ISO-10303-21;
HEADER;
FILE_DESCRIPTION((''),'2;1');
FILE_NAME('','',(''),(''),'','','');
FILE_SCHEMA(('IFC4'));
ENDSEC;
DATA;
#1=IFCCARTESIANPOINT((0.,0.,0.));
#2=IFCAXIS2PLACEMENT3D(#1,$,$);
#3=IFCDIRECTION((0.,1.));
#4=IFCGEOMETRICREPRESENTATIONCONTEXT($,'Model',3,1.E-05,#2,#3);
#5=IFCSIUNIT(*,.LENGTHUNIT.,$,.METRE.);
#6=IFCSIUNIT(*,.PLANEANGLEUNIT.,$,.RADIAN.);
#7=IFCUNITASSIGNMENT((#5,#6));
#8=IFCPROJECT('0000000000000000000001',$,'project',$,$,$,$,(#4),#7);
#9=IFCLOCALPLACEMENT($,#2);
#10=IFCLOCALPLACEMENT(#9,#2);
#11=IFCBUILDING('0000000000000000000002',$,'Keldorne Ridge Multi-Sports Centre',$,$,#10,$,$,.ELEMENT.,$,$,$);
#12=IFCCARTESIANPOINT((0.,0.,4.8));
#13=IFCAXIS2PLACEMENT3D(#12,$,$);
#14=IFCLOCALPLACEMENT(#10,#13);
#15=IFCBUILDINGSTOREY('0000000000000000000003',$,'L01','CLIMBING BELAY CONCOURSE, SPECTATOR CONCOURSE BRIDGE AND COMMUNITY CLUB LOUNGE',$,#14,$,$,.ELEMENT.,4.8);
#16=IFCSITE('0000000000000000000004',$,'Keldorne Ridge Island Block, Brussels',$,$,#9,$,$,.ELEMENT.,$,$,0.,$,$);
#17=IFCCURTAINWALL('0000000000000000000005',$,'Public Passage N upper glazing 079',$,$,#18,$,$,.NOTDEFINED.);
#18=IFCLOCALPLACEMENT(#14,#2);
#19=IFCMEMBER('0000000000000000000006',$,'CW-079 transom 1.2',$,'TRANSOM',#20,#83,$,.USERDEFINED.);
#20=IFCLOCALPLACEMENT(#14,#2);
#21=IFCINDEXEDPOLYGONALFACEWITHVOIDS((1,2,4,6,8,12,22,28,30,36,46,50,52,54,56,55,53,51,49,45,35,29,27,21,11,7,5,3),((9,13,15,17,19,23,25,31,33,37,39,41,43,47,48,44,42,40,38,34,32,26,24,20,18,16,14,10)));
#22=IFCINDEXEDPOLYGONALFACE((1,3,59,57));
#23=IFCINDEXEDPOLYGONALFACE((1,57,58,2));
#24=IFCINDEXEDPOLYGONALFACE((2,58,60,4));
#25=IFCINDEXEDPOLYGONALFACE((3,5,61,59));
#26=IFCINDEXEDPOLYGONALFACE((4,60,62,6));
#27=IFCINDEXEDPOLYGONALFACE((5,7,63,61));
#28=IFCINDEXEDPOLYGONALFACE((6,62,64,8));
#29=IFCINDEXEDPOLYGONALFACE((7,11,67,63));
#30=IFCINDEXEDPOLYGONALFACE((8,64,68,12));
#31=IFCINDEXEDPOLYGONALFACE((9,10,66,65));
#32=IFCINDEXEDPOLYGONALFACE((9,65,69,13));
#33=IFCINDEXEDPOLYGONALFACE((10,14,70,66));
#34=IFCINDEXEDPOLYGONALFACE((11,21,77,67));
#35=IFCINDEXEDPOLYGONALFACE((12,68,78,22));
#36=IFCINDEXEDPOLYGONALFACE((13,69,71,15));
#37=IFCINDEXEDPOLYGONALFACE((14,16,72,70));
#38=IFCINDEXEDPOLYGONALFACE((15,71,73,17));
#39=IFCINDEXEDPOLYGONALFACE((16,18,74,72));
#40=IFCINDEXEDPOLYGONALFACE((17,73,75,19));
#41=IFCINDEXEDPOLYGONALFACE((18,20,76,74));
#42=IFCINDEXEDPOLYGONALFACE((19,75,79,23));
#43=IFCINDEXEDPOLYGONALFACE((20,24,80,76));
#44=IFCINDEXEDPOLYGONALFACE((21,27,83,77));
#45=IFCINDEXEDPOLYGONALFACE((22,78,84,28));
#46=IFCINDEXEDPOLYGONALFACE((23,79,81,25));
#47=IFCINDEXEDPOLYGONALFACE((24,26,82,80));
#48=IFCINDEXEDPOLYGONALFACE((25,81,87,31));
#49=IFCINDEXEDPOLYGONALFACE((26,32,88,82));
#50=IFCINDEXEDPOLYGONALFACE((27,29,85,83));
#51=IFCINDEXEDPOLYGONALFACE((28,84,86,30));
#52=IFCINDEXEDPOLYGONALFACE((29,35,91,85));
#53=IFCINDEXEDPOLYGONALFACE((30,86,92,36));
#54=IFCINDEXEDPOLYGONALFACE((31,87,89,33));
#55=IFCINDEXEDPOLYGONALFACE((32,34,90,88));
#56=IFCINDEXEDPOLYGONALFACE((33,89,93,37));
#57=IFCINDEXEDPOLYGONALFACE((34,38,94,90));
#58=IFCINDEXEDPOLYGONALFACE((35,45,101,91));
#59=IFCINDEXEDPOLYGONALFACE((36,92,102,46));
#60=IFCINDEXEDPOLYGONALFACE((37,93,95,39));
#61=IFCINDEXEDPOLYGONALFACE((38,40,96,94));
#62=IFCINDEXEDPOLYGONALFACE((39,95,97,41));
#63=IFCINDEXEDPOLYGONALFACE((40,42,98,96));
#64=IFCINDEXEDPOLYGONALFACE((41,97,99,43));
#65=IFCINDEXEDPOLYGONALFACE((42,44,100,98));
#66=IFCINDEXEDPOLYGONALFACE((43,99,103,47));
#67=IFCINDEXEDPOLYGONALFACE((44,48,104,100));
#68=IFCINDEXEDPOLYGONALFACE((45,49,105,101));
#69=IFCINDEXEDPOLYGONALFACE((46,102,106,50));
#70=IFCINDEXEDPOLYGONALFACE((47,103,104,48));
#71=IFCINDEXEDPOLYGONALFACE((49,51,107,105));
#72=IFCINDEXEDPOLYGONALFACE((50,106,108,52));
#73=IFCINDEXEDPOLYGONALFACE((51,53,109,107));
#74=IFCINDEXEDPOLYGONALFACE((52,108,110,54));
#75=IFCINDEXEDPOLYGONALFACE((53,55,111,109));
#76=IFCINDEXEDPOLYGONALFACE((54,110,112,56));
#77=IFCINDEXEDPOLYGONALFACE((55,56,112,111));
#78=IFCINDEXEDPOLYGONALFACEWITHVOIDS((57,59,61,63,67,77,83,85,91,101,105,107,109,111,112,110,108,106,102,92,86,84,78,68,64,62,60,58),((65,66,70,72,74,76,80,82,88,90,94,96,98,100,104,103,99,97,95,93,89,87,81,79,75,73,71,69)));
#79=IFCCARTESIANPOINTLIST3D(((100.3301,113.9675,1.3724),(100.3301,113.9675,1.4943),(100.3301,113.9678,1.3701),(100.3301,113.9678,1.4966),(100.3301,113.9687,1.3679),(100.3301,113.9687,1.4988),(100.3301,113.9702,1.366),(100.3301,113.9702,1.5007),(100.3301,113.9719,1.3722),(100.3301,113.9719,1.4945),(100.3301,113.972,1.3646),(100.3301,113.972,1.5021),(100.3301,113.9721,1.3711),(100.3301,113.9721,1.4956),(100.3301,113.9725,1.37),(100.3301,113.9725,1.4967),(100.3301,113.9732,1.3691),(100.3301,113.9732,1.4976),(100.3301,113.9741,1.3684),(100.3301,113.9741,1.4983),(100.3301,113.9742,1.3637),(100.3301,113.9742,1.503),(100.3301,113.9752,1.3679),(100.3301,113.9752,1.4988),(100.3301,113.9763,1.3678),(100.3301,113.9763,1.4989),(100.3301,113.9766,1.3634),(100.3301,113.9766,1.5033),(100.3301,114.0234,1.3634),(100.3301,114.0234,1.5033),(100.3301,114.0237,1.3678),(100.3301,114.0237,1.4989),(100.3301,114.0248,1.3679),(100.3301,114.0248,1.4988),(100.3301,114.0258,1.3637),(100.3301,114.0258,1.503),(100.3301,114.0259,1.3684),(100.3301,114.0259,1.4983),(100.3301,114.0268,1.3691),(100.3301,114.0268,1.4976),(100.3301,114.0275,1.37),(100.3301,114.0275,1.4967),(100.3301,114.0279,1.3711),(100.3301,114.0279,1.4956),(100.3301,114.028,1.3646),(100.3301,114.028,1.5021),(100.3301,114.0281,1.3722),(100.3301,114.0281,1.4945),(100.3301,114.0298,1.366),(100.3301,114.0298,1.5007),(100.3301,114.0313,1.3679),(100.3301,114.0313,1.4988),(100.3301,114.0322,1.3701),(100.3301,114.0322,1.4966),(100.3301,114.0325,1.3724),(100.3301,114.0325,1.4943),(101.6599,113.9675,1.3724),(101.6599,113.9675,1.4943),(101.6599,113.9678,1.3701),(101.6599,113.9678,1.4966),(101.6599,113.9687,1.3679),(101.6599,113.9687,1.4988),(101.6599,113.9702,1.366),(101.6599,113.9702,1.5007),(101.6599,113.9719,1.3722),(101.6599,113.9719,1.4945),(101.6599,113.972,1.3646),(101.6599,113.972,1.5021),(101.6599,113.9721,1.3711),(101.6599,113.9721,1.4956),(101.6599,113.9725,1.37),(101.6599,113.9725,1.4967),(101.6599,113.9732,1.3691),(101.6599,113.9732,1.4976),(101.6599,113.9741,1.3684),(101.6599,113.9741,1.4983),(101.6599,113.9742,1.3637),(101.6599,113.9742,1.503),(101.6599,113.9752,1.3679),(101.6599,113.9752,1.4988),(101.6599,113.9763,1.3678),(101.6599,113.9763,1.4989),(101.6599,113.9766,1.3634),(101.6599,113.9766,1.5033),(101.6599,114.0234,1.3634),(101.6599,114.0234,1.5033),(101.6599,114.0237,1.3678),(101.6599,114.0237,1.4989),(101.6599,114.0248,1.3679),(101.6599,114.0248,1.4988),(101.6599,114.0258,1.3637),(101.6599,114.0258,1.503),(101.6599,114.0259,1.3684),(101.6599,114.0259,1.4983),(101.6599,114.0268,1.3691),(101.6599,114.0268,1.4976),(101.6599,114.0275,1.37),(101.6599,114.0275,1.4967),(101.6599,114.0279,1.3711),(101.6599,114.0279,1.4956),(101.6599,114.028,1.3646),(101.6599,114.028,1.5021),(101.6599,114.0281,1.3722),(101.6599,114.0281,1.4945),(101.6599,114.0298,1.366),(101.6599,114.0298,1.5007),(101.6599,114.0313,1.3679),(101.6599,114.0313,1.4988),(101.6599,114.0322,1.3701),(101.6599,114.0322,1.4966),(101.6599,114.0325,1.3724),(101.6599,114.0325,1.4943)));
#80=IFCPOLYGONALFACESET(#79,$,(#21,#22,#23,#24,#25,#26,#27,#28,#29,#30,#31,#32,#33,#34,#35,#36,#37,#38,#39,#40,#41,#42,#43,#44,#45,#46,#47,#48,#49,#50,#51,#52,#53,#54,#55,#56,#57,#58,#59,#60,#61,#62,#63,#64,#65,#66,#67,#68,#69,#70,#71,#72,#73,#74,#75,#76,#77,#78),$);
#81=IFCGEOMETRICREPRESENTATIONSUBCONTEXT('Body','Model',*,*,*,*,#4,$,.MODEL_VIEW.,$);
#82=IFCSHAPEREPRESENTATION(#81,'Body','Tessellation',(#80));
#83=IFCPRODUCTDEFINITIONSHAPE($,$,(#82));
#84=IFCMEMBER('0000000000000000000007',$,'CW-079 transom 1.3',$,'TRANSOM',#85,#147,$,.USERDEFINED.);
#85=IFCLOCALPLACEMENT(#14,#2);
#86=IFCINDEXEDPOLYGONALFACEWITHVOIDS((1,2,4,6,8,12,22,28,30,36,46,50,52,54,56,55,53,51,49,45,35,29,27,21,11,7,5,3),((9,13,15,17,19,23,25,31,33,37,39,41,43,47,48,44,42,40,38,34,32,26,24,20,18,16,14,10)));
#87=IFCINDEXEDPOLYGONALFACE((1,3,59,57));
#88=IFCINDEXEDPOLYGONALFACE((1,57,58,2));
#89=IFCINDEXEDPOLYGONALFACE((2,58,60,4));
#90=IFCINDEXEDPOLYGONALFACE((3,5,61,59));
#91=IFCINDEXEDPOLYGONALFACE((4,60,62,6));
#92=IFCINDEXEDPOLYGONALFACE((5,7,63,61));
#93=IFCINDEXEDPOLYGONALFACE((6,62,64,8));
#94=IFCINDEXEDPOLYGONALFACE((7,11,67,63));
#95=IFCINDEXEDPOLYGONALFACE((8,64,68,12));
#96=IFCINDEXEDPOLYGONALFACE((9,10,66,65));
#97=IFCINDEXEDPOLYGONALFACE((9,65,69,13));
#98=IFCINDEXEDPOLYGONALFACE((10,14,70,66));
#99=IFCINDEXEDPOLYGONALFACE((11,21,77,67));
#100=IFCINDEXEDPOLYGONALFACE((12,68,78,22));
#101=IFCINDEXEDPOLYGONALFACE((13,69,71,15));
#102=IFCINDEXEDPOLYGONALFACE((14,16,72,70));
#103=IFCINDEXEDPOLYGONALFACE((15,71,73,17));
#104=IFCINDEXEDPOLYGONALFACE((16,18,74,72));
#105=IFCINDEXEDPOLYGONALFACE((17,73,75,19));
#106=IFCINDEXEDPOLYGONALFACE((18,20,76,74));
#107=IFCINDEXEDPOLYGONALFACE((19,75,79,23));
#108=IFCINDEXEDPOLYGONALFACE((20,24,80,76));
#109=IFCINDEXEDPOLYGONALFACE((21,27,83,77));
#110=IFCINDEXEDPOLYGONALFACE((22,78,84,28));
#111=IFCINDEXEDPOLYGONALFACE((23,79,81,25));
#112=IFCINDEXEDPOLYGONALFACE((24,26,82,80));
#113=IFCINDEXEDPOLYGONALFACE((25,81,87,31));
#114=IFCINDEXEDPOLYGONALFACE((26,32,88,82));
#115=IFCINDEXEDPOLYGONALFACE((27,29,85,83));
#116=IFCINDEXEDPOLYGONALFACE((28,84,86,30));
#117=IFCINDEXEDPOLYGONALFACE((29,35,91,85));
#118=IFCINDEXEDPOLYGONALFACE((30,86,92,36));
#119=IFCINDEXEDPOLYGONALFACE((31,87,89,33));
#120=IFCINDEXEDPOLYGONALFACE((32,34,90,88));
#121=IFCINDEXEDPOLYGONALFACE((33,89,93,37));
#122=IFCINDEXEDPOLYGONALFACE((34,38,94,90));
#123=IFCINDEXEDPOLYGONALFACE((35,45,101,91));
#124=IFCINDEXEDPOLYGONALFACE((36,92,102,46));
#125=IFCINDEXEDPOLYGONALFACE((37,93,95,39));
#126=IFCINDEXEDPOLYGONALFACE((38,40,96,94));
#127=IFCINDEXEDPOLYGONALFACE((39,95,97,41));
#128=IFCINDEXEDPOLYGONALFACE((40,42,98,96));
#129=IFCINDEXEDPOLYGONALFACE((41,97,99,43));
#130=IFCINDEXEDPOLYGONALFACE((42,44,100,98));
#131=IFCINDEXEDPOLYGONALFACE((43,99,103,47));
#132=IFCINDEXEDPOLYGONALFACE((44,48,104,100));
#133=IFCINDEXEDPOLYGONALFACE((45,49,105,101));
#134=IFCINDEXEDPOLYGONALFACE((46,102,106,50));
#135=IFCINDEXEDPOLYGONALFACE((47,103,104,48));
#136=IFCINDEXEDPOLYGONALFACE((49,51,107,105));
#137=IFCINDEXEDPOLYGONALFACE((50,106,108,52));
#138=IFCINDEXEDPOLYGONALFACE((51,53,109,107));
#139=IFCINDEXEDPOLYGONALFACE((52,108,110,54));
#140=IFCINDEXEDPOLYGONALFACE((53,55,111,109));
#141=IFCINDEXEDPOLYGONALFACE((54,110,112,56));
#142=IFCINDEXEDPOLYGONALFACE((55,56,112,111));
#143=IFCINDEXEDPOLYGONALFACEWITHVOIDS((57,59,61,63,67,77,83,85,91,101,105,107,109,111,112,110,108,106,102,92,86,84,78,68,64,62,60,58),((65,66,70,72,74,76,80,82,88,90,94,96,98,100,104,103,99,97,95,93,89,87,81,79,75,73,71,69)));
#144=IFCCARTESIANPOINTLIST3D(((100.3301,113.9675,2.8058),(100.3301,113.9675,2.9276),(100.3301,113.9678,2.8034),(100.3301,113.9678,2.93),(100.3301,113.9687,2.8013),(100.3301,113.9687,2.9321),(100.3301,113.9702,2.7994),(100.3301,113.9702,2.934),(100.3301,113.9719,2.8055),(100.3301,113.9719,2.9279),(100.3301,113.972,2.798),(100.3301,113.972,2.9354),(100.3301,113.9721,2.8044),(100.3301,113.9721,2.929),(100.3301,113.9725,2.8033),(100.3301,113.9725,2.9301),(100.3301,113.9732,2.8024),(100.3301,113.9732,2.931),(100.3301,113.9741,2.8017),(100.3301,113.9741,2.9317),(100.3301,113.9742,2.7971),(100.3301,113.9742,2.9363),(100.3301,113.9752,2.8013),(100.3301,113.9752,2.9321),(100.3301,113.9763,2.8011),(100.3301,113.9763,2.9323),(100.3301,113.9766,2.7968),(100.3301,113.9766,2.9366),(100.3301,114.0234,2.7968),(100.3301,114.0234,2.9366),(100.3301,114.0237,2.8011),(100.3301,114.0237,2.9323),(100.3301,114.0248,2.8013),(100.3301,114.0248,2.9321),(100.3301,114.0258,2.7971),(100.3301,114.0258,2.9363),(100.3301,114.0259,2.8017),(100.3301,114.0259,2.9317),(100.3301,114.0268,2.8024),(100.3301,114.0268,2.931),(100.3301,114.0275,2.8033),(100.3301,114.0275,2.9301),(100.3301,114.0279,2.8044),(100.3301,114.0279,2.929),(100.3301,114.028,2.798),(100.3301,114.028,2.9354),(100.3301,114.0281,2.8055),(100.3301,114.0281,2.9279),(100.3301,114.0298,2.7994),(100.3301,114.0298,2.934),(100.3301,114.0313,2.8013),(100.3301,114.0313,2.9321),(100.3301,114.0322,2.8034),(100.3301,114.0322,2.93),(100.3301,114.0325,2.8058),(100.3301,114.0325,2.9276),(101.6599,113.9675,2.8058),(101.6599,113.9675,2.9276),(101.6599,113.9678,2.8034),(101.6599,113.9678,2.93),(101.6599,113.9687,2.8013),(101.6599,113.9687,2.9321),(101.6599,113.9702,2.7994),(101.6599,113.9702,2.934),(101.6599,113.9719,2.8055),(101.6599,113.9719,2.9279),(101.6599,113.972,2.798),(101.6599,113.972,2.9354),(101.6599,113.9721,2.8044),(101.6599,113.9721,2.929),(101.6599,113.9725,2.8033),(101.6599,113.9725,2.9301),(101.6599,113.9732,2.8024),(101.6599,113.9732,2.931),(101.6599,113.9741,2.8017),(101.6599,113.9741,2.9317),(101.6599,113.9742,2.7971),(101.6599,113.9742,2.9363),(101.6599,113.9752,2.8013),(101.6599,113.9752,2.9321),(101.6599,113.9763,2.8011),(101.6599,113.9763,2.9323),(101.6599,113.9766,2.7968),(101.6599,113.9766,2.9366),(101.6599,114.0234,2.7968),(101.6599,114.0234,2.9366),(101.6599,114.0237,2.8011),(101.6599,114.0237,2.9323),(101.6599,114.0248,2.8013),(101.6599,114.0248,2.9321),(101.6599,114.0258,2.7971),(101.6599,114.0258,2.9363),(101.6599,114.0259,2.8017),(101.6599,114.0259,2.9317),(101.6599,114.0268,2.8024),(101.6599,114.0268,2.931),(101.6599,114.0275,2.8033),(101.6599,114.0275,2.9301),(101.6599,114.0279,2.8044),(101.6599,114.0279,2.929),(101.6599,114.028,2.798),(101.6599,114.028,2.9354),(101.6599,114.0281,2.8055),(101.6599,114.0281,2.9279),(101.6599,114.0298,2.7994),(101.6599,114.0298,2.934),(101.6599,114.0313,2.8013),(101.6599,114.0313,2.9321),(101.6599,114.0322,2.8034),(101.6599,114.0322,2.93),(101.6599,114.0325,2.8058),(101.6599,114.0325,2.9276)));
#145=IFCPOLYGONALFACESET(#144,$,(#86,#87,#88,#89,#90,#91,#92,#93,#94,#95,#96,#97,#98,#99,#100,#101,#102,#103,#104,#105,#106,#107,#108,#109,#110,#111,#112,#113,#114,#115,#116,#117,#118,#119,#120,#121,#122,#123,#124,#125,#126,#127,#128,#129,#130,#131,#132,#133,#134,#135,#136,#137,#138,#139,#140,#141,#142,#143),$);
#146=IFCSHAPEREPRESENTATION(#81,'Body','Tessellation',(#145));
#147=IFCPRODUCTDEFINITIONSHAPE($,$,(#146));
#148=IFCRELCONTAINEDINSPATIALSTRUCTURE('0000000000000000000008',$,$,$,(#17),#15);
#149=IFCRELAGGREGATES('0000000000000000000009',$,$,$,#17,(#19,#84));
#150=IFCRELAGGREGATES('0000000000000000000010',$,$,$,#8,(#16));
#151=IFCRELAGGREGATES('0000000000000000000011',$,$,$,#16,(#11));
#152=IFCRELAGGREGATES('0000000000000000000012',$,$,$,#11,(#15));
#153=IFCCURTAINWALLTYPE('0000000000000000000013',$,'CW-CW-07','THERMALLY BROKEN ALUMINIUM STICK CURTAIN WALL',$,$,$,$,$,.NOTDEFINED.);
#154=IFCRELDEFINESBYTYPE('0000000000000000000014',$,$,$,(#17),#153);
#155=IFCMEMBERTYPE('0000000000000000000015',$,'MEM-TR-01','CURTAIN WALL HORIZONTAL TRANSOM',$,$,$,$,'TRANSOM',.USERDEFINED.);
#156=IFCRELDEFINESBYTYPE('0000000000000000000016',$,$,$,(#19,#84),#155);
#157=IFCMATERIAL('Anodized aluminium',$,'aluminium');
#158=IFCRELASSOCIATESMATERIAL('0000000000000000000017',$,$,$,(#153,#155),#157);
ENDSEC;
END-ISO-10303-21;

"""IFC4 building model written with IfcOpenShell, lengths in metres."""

from ifc_helpers import new_model, si_unit, direction, frame, origin, origin_2d, place, context, subcontext, project, spatial, hollow_rectangle, extrude, material, material_profile, profile_set, type_object, element, aggregate, save


model = new_model("IFC4")

# Units and contexts
model_context = context("Model", 3, precision=1e-05, world=origin(), true_north=direction((0.0, 1.0)))
body_context = subcontext(model_context, "Body", "Model", "MODEL_VIEW")
ifc_project = project(units=[si_unit("LENGTHUNIT", "METRE"), si_unit("PLANEANGLEUNIT", "RADIAN")], contexts=[model_context])

# Site, building, storey
site_placement = place(None, origin())
site = spatial("IfcSite", under=ifc_project, at=site_placement, Name="Keldorne Ridge Island Block, Brussels", CompositionType="ELEMENT", RefElevation=0.0)
building_placement = place(site_placement, origin())
building = spatial("IfcBuilding", under=site, at=building_placement, Name="Keldorne Ridge Multi-Sports Centre", CompositionType="ELEMENT")
storey_placement = place(building_placement, frame((0.0, 0.0, 4.8)))
storey = spatial("IfcBuildingStorey", under=building, at=storey_placement, Name="L01", Description="CLIMBING BELAY CONCOURSE, SPECTATOR CONCOURSE BRIDGE AND COMMUNITY CLUB LOUNGE", CompositionType="ELEMENT", Elevation=4.8)

# Curtain wall, members
ifc_material_1 = material(Name="Anodized aluminium", Category="aluminium")
curtain_wall_type = type_object("IfcCurtainWallType", Name="CW-CW-07", Description="THERMALLY BROKEN ALUMINIUM STICK CURTAIN WALL", PredefinedType="NOTDEFINED", material=ifc_material_1)
curtain_wall_placement = place(storey_placement, origin())
curtain_wall = element("IfcCurtainWall", 1, at=curtain_wall_placement, inside=storey, type_object=curtain_wall_type, Name="Public Passage N upper glazing 079", PredefinedType="NOTDEFINED")
ifc_material_profile_1 = material_profile(ifc_material_1, hollow_rectangle(XDim=0.0649, YDim=0.1399, WallThickness=0.0044, InnerFilletRadius=0.0044, OuterFilletRadius=0.009, at=origin_2d()), Name="ALU TRANSOM 140x65x4.5")
ifc_profile_set_1 = profile_set([ifc_material_profile_1], Name="Anodized aluminium")
member_type_1 = type_object("IfcMemberType", Name="MEM-TR-01", Description="CURTAIN WALL HORIZONTAL TRANSOM", ElementType="TRANSOM", PredefinedType="USERDEFINED", material=ifc_profile_set_1)
member_1_placement = place(storey_placement, frame((101.6599, 114.0, 1.4333), z_axis=(-1.0, 0.0, 0.0), x_axis=(0.0, -1.0, 0.0)))
member_1 = element("IfcMember", 2, at=member_1_placement, type_object=member_type_1, Name="CW-079 transom 1.2", ObjectType="TRANSOM", PredefinedType="USERDEFINED", context=body_context, shape_type="SweptSolid", body=[
    extrude(hollow_rectangle(XDim=0.0649, YDim=0.1399, WallThickness=0.0044, InnerFilletRadius=0.0044, OuterFilletRadius=0.009, at=origin_2d()), origin(), (0.0, 0.0, 1.0), 1.3298),
])
member_2_placement = place(storey_placement, frame((101.6599, 114.0, 2.8667), z_axis=(-1.0, 0.0, 0.0), x_axis=(0.0, -1.0, 0.0)))
member_2 = element("IfcMember", 3, at=member_2_placement, type_object=member_type_1, Name="CW-079 transom 1.3", ObjectType="TRANSOM", PredefinedType="USERDEFINED", context=body_context, shape_type="SweptSolid", body=[
    extrude(hollow_rectangle(XDim=0.0649, YDim=0.1399, WallThickness=0.0044, InnerFilletRadius=0.0044, OuterFilletRadius=0.009, at=origin_2d()), origin(), (0.0, 0.0, 1.0), 1.3298),
])
aggregate(curtain_wall, [member_1, member_2])

save(model, "model.ifc")
